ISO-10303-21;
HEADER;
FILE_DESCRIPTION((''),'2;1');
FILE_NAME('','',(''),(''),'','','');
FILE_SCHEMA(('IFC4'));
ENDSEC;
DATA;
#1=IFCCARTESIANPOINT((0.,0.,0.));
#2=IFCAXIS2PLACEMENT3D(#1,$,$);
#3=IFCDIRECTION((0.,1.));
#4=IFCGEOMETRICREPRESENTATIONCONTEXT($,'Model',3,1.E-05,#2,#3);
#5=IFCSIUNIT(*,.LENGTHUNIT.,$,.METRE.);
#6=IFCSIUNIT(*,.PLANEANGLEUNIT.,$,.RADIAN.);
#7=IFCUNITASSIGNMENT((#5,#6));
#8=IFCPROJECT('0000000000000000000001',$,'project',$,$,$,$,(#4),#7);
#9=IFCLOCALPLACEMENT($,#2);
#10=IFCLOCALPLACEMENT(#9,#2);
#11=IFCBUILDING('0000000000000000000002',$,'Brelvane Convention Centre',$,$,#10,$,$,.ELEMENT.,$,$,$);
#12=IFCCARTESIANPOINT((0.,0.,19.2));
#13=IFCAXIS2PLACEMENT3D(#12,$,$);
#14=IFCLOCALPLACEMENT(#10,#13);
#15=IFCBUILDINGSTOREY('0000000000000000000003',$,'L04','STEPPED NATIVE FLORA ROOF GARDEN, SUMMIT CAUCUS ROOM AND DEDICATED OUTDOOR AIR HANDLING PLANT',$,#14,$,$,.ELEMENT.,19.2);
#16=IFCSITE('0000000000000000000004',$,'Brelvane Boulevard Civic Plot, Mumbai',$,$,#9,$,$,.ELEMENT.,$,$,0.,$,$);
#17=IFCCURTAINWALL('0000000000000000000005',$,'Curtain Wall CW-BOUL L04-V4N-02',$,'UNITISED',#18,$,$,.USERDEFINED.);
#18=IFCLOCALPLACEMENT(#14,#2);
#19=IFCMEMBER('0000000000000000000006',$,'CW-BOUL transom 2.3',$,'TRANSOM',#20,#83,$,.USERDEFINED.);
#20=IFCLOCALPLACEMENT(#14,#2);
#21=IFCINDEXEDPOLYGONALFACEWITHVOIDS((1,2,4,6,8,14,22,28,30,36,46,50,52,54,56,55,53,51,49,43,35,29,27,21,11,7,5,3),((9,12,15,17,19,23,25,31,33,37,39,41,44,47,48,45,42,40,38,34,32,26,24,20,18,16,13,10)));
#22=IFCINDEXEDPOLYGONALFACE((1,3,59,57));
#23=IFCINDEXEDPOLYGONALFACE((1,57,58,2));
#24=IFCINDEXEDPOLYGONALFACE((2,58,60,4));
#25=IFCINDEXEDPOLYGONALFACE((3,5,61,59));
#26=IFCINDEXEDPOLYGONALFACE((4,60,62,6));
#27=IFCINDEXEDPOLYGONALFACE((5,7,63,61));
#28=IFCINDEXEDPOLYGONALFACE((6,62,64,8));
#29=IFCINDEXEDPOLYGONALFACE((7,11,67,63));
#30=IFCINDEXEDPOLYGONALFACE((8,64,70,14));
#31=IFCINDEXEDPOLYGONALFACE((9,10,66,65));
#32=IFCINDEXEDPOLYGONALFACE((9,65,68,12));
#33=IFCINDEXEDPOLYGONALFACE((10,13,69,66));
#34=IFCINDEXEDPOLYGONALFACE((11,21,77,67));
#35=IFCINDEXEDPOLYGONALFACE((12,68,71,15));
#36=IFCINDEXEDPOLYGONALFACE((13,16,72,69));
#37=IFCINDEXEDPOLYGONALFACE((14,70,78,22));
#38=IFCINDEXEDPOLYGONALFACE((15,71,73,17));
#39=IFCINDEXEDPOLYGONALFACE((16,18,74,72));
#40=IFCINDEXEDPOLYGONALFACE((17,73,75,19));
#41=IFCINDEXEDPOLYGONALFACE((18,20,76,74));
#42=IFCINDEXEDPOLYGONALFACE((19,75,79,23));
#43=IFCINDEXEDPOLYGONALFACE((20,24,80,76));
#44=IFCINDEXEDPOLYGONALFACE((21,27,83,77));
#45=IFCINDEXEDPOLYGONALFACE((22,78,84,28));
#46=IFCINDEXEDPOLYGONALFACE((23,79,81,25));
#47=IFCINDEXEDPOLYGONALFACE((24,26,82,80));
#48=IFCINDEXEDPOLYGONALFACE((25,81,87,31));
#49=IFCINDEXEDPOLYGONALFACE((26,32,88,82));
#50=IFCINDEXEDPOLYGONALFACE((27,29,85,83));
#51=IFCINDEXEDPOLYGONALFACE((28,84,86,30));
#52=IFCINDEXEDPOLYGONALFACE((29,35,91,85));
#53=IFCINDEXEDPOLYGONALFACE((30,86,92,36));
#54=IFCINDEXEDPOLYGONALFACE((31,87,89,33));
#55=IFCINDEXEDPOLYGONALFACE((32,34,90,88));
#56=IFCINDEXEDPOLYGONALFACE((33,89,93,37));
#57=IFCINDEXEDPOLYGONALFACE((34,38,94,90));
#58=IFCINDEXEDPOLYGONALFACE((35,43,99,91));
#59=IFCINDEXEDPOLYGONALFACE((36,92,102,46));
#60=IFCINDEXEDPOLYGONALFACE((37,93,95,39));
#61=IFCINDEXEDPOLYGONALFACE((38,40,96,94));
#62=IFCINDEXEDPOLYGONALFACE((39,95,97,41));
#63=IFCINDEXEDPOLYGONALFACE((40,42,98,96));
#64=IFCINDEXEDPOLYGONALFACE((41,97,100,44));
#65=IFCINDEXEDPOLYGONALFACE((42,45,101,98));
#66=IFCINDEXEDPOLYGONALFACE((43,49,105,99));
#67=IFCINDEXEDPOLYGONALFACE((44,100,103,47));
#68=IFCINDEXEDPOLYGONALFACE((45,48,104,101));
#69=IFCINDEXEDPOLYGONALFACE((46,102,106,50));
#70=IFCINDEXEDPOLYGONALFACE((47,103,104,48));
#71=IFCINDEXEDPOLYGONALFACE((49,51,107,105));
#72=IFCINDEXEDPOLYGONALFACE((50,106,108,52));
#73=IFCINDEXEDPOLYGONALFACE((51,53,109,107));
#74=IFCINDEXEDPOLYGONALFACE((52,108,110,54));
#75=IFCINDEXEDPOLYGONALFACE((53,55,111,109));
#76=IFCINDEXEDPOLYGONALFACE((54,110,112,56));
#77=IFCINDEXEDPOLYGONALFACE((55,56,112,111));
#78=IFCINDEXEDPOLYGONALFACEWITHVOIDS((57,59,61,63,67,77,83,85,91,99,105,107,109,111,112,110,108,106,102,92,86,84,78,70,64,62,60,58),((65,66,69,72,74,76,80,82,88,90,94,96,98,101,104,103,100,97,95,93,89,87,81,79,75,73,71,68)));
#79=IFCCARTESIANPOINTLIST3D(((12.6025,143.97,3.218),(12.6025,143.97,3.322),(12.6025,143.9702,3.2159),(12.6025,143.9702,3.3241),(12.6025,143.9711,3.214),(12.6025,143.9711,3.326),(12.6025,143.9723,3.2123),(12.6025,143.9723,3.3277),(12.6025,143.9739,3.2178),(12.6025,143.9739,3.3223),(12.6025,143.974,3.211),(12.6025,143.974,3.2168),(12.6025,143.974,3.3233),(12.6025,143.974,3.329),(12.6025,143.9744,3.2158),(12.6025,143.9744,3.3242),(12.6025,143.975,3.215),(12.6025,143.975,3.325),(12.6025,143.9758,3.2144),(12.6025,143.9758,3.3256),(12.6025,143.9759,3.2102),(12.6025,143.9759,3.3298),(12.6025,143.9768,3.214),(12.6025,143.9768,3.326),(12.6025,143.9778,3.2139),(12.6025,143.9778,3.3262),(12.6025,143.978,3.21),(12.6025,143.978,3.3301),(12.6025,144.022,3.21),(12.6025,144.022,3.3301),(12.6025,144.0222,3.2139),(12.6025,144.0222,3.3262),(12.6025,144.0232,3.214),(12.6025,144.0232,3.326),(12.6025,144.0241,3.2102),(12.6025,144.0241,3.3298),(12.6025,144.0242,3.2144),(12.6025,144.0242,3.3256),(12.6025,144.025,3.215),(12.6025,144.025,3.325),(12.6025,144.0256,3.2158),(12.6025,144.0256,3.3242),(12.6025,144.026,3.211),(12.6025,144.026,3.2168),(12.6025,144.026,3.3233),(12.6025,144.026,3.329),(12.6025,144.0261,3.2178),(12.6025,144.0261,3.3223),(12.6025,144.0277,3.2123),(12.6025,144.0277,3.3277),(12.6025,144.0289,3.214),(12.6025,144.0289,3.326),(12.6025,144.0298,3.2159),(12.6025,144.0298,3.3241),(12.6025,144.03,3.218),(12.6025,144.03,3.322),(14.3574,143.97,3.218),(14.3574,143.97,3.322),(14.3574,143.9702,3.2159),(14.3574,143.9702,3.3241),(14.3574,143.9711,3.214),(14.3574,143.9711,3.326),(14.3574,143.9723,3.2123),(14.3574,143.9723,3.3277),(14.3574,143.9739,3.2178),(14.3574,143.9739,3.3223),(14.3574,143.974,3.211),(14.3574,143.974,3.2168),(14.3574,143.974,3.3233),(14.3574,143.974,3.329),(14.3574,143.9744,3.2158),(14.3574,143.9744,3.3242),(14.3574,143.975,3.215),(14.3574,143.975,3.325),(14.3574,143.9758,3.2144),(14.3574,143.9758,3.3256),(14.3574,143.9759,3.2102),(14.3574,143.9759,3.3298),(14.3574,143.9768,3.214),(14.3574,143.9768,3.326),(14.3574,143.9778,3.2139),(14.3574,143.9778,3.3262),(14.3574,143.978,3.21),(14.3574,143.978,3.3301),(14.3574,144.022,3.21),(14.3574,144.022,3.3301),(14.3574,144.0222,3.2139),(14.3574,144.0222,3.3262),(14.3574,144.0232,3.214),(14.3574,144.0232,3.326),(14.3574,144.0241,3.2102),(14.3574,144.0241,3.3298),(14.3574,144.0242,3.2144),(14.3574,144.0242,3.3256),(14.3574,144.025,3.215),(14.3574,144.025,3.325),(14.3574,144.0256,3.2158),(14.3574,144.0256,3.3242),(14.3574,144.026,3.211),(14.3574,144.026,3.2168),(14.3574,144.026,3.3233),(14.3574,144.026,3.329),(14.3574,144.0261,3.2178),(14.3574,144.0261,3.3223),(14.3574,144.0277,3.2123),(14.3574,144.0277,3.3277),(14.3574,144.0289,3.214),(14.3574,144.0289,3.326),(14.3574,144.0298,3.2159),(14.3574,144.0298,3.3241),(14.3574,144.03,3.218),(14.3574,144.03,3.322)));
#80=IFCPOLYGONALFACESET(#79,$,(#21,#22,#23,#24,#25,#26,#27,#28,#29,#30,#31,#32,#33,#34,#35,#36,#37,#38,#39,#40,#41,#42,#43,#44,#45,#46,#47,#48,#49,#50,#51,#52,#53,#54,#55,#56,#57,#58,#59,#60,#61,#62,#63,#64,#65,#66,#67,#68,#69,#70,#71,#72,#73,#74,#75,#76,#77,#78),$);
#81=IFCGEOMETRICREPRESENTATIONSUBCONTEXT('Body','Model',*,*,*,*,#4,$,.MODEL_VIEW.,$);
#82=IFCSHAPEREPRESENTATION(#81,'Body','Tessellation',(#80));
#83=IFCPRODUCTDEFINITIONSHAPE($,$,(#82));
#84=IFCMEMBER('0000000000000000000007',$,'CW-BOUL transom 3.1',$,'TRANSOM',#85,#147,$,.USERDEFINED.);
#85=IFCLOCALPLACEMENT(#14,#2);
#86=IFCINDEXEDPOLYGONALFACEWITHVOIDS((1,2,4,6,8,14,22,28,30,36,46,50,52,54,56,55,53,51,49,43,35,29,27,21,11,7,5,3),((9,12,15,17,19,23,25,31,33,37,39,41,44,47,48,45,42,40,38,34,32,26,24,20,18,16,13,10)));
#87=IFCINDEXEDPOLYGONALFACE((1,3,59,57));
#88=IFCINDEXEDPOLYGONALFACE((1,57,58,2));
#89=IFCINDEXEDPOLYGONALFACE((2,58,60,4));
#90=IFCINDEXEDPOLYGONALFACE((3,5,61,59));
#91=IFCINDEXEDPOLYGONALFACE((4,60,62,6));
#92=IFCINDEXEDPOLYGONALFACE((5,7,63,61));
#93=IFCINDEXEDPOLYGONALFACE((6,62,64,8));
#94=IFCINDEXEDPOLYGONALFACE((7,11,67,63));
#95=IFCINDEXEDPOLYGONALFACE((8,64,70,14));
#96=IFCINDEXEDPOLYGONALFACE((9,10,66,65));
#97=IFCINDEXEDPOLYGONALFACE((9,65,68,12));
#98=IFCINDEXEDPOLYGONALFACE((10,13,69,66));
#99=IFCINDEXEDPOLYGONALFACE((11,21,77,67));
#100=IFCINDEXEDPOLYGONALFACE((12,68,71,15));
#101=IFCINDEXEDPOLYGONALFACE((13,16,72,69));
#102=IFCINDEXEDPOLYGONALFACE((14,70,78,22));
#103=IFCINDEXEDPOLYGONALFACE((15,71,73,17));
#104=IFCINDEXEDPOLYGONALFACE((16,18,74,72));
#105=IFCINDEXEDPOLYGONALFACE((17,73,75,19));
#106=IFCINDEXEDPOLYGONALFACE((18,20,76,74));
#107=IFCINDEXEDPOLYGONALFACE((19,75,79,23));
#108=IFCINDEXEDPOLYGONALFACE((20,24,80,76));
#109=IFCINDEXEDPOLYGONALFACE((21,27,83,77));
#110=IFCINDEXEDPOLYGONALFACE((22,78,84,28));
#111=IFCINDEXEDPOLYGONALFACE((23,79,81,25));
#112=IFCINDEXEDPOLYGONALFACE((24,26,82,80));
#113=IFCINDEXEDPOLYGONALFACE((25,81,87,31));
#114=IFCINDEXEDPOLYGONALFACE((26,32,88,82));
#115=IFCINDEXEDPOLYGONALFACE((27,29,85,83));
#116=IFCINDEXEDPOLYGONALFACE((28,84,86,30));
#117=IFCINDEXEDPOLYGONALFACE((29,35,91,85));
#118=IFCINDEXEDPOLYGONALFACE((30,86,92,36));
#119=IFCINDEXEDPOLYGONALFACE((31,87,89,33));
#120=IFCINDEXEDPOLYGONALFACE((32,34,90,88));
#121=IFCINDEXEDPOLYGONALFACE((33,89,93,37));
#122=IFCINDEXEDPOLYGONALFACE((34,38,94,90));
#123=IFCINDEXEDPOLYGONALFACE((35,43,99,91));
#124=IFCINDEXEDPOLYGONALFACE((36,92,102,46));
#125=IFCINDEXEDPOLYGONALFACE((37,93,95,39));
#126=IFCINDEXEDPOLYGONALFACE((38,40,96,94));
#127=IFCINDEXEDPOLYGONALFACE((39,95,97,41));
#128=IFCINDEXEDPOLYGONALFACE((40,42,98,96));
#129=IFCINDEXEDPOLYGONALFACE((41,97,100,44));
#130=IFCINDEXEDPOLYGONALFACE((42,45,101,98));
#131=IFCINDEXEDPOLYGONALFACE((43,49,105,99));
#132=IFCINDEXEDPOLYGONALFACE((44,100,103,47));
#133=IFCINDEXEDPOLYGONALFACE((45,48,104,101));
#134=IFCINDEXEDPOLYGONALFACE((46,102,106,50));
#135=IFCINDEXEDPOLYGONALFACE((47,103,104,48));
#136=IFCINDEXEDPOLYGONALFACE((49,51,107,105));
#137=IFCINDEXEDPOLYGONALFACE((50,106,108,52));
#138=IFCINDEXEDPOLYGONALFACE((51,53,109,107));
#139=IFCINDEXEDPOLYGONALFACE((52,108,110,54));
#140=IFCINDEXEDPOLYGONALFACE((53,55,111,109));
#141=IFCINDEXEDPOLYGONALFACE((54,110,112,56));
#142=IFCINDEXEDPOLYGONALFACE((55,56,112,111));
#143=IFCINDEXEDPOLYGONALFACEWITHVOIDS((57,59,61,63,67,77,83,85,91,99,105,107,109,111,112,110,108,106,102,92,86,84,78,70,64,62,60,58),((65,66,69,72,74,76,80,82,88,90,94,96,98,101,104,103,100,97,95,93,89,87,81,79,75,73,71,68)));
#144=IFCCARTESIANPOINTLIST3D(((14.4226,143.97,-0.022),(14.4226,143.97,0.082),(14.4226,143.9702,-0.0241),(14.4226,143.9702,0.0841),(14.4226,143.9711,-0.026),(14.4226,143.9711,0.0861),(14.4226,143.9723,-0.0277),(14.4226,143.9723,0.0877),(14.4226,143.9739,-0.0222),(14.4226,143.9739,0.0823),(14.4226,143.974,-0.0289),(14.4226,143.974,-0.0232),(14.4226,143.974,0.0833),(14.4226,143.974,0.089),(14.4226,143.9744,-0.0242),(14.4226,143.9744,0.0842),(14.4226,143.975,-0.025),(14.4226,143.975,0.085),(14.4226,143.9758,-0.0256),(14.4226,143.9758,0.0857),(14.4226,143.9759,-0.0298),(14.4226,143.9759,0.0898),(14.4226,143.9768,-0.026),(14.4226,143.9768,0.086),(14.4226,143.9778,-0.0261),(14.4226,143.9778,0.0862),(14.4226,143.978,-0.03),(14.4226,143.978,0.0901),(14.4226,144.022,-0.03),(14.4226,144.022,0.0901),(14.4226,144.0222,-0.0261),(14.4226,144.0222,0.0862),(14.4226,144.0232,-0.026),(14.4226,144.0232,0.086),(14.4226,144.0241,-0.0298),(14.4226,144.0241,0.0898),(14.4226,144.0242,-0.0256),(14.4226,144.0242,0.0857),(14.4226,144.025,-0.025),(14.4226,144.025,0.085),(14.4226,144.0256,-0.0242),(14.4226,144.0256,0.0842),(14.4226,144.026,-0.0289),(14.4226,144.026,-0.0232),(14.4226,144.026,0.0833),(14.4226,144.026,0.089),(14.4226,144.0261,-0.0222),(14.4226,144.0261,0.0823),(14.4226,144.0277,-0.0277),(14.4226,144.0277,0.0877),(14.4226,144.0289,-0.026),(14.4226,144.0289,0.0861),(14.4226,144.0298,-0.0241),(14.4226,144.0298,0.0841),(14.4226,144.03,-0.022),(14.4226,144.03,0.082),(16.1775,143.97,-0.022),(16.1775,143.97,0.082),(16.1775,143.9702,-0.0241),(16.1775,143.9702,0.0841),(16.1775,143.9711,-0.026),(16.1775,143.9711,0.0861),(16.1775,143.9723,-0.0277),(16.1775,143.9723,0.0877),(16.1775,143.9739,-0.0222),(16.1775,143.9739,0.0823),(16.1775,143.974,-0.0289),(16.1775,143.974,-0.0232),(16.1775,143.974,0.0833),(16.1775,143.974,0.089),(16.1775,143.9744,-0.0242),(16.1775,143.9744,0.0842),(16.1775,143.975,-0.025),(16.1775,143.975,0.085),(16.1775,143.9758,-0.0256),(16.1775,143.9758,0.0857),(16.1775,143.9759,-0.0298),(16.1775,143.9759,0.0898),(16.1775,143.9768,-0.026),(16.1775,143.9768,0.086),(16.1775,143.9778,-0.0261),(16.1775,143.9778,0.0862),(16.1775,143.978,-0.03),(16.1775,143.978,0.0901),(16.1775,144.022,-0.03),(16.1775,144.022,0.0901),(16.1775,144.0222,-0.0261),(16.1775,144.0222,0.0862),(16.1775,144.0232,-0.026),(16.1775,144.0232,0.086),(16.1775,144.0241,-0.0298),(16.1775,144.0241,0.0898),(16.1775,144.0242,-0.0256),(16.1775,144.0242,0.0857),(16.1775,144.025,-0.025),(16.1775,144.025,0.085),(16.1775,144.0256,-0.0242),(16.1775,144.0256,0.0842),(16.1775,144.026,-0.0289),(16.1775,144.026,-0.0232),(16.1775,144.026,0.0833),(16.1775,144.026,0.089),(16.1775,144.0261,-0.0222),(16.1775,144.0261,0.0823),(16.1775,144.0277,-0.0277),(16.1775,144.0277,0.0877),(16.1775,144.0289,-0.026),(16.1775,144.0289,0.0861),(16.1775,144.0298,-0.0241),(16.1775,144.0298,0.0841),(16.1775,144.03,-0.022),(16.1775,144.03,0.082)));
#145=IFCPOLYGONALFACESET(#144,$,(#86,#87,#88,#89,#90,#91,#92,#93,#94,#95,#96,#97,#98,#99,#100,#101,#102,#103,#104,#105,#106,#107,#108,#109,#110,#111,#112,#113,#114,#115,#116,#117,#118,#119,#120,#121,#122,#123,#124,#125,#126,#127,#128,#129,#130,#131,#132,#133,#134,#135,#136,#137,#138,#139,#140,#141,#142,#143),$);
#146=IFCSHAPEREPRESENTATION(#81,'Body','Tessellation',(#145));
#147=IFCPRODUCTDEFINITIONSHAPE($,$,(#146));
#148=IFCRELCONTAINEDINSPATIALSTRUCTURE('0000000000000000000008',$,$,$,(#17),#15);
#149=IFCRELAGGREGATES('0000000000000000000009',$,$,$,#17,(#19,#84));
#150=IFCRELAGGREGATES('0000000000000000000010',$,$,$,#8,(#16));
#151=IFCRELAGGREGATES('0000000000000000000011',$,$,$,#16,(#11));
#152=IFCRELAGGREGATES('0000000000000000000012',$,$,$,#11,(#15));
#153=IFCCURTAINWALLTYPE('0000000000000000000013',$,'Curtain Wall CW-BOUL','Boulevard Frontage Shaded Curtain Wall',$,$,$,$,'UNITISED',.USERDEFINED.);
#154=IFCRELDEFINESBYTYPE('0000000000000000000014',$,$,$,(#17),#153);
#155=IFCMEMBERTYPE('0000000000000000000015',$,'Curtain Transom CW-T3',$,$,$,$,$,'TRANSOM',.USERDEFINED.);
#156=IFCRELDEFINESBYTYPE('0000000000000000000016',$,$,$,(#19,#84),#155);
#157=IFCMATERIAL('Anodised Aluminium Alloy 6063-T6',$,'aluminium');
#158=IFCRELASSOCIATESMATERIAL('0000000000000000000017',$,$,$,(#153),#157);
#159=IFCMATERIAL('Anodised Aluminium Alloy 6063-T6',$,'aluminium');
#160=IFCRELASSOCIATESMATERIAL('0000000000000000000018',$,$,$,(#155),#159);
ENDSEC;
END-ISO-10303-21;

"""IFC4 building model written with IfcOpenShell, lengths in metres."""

from ifc_helpers import new_model, si_unit, direction, frame, origin, origin_2d, place, context, subcontext, project, spatial, hollow_rectangle, extrude, material, material_profile, profile_set, type_object, element, aggregate, save


model = new_model("IFC4")

# Units and contexts
model_context = context("Model", 3, precision=1e-05, world=origin(), true_north=direction((0.0, 1.0)))
body_context = subcontext(model_context, "Body", "Model", "MODEL_VIEW")
ifc_project = project(units=[si_unit("LENGTHUNIT", "METRE"), si_unit("PLANEANGLEUNIT", "RADIAN")], contexts=[model_context])

# Site, building, storey
site_placement = place(None, origin())
site = spatial("IfcSite", under=ifc_project, at=site_placement, Name="Brelvane Boulevard Civic Plot, Mumbai", CompositionType="ELEMENT", RefElevation=0.0)
building_placement = place(site_placement, origin())
building = spatial("IfcBuilding", under=site, at=building_placement, Name="Brelvane Convention Centre", CompositionType="ELEMENT")
storey_placement = place(building_placement, frame((0.0, 0.0, 19.2)))
storey = spatial("IfcBuildingStorey", under=building, at=storey_placement, Name="L04", Description="STEPPED NATIVE FLORA ROOF GARDEN, SUMMIT CAUCUS ROOM AND DEDICATED OUTDOOR AIR HANDLING PLANT", CompositionType="ELEMENT", Elevation=19.2)

# Curtain wall, members
ifc_material_1 = material(Name="Anodised Aluminium Alloy 6063-T6", Category="aluminium")
curtain_wall_type = type_object("IfcCurtainWallType", Name="Curtain Wall CW-BOUL", Description="Boulevard Frontage Shaded Curtain Wall", ElementType="UNITISED", PredefinedType="USERDEFINED", material=ifc_material_1)
curtain_wall_placement = place(storey_placement, origin())
curtain_wall = element("IfcCurtainWall", 1, at=curtain_wall_placement, inside=storey, type_object=curtain_wall_type, Name="Curtain Wall CW-BOUL L04-V4N-02", ObjectType="UNITISED", PredefinedType="USERDEFINED")
ifc_material_2 = material(Name="Anodised Aluminium Alloy 6063-T6", Category="aluminium")
ifc_material_profile_1 = material_profile(ifc_material_2, hollow_rectangle(XDim=0.0601, YDim=0.1201, WallThickness=0.0039, InnerFilletRadius=0.0039, OuterFilletRadius=0.0081, at=origin_2d()), Name="ALU-T 120x60x4.0")
ifc_profile_set_1 = profile_set([ifc_material_profile_1], Name="Anodised Aluminium Alloy 6063-T6")
member_type_1 = type_object("IfcMemberType", Name="Curtain Transom CW-T3", ElementType="TRANSOM", PredefinedType="USERDEFINED", material=ifc_profile_set_1)
member_1_placement = place(storey_placement, frame((12.6025, 144.0, 3.27), z_axis=(1.0, 0.0, 0.0), x_axis=(0.0, 1.0, 0.0)))
member_1 = element("IfcMember", 2, at=member_1_placement, type_object=member_type_1, Name="CW-BOUL transom 2.3", ObjectType="TRANSOM", PredefinedType="USERDEFINED", context=body_context, shape_type="SweptSolid", body=[
    extrude(hollow_rectangle(XDim=0.0601, YDim=0.1201, WallThickness=0.0039, InnerFilletRadius=0.0039, OuterFilletRadius=0.0081, at=origin_2d()), origin(), (0.0, 0.0, 1.0), 1.7549),
])
member_2_placement = place(storey_placement, frame((14.4226, 144.0, 0.03), z_axis=(1.0, 0.0, 0.0), x_axis=(0.0, 1.0, 0.0)))
member_2 = element("IfcMember", 3, at=member_2_placement, type_object=member_type_1, Name="CW-BOUL transom 3.1", ObjectType="TRANSOM", PredefinedType="USERDEFINED", context=body_context, shape_type="SweptSolid", body=[
    extrude(hollow_rectangle(XDim=0.0601, YDim=0.1201, WallThickness=0.0039, InnerFilletRadius=0.0039, OuterFilletRadius=0.0081, at=origin_2d()), origin(), (0.0, 0.0, 1.0), 1.7549),
])

aggregate(curtain_wall, [member_1, member_2])

save(model, "model.ifc")
